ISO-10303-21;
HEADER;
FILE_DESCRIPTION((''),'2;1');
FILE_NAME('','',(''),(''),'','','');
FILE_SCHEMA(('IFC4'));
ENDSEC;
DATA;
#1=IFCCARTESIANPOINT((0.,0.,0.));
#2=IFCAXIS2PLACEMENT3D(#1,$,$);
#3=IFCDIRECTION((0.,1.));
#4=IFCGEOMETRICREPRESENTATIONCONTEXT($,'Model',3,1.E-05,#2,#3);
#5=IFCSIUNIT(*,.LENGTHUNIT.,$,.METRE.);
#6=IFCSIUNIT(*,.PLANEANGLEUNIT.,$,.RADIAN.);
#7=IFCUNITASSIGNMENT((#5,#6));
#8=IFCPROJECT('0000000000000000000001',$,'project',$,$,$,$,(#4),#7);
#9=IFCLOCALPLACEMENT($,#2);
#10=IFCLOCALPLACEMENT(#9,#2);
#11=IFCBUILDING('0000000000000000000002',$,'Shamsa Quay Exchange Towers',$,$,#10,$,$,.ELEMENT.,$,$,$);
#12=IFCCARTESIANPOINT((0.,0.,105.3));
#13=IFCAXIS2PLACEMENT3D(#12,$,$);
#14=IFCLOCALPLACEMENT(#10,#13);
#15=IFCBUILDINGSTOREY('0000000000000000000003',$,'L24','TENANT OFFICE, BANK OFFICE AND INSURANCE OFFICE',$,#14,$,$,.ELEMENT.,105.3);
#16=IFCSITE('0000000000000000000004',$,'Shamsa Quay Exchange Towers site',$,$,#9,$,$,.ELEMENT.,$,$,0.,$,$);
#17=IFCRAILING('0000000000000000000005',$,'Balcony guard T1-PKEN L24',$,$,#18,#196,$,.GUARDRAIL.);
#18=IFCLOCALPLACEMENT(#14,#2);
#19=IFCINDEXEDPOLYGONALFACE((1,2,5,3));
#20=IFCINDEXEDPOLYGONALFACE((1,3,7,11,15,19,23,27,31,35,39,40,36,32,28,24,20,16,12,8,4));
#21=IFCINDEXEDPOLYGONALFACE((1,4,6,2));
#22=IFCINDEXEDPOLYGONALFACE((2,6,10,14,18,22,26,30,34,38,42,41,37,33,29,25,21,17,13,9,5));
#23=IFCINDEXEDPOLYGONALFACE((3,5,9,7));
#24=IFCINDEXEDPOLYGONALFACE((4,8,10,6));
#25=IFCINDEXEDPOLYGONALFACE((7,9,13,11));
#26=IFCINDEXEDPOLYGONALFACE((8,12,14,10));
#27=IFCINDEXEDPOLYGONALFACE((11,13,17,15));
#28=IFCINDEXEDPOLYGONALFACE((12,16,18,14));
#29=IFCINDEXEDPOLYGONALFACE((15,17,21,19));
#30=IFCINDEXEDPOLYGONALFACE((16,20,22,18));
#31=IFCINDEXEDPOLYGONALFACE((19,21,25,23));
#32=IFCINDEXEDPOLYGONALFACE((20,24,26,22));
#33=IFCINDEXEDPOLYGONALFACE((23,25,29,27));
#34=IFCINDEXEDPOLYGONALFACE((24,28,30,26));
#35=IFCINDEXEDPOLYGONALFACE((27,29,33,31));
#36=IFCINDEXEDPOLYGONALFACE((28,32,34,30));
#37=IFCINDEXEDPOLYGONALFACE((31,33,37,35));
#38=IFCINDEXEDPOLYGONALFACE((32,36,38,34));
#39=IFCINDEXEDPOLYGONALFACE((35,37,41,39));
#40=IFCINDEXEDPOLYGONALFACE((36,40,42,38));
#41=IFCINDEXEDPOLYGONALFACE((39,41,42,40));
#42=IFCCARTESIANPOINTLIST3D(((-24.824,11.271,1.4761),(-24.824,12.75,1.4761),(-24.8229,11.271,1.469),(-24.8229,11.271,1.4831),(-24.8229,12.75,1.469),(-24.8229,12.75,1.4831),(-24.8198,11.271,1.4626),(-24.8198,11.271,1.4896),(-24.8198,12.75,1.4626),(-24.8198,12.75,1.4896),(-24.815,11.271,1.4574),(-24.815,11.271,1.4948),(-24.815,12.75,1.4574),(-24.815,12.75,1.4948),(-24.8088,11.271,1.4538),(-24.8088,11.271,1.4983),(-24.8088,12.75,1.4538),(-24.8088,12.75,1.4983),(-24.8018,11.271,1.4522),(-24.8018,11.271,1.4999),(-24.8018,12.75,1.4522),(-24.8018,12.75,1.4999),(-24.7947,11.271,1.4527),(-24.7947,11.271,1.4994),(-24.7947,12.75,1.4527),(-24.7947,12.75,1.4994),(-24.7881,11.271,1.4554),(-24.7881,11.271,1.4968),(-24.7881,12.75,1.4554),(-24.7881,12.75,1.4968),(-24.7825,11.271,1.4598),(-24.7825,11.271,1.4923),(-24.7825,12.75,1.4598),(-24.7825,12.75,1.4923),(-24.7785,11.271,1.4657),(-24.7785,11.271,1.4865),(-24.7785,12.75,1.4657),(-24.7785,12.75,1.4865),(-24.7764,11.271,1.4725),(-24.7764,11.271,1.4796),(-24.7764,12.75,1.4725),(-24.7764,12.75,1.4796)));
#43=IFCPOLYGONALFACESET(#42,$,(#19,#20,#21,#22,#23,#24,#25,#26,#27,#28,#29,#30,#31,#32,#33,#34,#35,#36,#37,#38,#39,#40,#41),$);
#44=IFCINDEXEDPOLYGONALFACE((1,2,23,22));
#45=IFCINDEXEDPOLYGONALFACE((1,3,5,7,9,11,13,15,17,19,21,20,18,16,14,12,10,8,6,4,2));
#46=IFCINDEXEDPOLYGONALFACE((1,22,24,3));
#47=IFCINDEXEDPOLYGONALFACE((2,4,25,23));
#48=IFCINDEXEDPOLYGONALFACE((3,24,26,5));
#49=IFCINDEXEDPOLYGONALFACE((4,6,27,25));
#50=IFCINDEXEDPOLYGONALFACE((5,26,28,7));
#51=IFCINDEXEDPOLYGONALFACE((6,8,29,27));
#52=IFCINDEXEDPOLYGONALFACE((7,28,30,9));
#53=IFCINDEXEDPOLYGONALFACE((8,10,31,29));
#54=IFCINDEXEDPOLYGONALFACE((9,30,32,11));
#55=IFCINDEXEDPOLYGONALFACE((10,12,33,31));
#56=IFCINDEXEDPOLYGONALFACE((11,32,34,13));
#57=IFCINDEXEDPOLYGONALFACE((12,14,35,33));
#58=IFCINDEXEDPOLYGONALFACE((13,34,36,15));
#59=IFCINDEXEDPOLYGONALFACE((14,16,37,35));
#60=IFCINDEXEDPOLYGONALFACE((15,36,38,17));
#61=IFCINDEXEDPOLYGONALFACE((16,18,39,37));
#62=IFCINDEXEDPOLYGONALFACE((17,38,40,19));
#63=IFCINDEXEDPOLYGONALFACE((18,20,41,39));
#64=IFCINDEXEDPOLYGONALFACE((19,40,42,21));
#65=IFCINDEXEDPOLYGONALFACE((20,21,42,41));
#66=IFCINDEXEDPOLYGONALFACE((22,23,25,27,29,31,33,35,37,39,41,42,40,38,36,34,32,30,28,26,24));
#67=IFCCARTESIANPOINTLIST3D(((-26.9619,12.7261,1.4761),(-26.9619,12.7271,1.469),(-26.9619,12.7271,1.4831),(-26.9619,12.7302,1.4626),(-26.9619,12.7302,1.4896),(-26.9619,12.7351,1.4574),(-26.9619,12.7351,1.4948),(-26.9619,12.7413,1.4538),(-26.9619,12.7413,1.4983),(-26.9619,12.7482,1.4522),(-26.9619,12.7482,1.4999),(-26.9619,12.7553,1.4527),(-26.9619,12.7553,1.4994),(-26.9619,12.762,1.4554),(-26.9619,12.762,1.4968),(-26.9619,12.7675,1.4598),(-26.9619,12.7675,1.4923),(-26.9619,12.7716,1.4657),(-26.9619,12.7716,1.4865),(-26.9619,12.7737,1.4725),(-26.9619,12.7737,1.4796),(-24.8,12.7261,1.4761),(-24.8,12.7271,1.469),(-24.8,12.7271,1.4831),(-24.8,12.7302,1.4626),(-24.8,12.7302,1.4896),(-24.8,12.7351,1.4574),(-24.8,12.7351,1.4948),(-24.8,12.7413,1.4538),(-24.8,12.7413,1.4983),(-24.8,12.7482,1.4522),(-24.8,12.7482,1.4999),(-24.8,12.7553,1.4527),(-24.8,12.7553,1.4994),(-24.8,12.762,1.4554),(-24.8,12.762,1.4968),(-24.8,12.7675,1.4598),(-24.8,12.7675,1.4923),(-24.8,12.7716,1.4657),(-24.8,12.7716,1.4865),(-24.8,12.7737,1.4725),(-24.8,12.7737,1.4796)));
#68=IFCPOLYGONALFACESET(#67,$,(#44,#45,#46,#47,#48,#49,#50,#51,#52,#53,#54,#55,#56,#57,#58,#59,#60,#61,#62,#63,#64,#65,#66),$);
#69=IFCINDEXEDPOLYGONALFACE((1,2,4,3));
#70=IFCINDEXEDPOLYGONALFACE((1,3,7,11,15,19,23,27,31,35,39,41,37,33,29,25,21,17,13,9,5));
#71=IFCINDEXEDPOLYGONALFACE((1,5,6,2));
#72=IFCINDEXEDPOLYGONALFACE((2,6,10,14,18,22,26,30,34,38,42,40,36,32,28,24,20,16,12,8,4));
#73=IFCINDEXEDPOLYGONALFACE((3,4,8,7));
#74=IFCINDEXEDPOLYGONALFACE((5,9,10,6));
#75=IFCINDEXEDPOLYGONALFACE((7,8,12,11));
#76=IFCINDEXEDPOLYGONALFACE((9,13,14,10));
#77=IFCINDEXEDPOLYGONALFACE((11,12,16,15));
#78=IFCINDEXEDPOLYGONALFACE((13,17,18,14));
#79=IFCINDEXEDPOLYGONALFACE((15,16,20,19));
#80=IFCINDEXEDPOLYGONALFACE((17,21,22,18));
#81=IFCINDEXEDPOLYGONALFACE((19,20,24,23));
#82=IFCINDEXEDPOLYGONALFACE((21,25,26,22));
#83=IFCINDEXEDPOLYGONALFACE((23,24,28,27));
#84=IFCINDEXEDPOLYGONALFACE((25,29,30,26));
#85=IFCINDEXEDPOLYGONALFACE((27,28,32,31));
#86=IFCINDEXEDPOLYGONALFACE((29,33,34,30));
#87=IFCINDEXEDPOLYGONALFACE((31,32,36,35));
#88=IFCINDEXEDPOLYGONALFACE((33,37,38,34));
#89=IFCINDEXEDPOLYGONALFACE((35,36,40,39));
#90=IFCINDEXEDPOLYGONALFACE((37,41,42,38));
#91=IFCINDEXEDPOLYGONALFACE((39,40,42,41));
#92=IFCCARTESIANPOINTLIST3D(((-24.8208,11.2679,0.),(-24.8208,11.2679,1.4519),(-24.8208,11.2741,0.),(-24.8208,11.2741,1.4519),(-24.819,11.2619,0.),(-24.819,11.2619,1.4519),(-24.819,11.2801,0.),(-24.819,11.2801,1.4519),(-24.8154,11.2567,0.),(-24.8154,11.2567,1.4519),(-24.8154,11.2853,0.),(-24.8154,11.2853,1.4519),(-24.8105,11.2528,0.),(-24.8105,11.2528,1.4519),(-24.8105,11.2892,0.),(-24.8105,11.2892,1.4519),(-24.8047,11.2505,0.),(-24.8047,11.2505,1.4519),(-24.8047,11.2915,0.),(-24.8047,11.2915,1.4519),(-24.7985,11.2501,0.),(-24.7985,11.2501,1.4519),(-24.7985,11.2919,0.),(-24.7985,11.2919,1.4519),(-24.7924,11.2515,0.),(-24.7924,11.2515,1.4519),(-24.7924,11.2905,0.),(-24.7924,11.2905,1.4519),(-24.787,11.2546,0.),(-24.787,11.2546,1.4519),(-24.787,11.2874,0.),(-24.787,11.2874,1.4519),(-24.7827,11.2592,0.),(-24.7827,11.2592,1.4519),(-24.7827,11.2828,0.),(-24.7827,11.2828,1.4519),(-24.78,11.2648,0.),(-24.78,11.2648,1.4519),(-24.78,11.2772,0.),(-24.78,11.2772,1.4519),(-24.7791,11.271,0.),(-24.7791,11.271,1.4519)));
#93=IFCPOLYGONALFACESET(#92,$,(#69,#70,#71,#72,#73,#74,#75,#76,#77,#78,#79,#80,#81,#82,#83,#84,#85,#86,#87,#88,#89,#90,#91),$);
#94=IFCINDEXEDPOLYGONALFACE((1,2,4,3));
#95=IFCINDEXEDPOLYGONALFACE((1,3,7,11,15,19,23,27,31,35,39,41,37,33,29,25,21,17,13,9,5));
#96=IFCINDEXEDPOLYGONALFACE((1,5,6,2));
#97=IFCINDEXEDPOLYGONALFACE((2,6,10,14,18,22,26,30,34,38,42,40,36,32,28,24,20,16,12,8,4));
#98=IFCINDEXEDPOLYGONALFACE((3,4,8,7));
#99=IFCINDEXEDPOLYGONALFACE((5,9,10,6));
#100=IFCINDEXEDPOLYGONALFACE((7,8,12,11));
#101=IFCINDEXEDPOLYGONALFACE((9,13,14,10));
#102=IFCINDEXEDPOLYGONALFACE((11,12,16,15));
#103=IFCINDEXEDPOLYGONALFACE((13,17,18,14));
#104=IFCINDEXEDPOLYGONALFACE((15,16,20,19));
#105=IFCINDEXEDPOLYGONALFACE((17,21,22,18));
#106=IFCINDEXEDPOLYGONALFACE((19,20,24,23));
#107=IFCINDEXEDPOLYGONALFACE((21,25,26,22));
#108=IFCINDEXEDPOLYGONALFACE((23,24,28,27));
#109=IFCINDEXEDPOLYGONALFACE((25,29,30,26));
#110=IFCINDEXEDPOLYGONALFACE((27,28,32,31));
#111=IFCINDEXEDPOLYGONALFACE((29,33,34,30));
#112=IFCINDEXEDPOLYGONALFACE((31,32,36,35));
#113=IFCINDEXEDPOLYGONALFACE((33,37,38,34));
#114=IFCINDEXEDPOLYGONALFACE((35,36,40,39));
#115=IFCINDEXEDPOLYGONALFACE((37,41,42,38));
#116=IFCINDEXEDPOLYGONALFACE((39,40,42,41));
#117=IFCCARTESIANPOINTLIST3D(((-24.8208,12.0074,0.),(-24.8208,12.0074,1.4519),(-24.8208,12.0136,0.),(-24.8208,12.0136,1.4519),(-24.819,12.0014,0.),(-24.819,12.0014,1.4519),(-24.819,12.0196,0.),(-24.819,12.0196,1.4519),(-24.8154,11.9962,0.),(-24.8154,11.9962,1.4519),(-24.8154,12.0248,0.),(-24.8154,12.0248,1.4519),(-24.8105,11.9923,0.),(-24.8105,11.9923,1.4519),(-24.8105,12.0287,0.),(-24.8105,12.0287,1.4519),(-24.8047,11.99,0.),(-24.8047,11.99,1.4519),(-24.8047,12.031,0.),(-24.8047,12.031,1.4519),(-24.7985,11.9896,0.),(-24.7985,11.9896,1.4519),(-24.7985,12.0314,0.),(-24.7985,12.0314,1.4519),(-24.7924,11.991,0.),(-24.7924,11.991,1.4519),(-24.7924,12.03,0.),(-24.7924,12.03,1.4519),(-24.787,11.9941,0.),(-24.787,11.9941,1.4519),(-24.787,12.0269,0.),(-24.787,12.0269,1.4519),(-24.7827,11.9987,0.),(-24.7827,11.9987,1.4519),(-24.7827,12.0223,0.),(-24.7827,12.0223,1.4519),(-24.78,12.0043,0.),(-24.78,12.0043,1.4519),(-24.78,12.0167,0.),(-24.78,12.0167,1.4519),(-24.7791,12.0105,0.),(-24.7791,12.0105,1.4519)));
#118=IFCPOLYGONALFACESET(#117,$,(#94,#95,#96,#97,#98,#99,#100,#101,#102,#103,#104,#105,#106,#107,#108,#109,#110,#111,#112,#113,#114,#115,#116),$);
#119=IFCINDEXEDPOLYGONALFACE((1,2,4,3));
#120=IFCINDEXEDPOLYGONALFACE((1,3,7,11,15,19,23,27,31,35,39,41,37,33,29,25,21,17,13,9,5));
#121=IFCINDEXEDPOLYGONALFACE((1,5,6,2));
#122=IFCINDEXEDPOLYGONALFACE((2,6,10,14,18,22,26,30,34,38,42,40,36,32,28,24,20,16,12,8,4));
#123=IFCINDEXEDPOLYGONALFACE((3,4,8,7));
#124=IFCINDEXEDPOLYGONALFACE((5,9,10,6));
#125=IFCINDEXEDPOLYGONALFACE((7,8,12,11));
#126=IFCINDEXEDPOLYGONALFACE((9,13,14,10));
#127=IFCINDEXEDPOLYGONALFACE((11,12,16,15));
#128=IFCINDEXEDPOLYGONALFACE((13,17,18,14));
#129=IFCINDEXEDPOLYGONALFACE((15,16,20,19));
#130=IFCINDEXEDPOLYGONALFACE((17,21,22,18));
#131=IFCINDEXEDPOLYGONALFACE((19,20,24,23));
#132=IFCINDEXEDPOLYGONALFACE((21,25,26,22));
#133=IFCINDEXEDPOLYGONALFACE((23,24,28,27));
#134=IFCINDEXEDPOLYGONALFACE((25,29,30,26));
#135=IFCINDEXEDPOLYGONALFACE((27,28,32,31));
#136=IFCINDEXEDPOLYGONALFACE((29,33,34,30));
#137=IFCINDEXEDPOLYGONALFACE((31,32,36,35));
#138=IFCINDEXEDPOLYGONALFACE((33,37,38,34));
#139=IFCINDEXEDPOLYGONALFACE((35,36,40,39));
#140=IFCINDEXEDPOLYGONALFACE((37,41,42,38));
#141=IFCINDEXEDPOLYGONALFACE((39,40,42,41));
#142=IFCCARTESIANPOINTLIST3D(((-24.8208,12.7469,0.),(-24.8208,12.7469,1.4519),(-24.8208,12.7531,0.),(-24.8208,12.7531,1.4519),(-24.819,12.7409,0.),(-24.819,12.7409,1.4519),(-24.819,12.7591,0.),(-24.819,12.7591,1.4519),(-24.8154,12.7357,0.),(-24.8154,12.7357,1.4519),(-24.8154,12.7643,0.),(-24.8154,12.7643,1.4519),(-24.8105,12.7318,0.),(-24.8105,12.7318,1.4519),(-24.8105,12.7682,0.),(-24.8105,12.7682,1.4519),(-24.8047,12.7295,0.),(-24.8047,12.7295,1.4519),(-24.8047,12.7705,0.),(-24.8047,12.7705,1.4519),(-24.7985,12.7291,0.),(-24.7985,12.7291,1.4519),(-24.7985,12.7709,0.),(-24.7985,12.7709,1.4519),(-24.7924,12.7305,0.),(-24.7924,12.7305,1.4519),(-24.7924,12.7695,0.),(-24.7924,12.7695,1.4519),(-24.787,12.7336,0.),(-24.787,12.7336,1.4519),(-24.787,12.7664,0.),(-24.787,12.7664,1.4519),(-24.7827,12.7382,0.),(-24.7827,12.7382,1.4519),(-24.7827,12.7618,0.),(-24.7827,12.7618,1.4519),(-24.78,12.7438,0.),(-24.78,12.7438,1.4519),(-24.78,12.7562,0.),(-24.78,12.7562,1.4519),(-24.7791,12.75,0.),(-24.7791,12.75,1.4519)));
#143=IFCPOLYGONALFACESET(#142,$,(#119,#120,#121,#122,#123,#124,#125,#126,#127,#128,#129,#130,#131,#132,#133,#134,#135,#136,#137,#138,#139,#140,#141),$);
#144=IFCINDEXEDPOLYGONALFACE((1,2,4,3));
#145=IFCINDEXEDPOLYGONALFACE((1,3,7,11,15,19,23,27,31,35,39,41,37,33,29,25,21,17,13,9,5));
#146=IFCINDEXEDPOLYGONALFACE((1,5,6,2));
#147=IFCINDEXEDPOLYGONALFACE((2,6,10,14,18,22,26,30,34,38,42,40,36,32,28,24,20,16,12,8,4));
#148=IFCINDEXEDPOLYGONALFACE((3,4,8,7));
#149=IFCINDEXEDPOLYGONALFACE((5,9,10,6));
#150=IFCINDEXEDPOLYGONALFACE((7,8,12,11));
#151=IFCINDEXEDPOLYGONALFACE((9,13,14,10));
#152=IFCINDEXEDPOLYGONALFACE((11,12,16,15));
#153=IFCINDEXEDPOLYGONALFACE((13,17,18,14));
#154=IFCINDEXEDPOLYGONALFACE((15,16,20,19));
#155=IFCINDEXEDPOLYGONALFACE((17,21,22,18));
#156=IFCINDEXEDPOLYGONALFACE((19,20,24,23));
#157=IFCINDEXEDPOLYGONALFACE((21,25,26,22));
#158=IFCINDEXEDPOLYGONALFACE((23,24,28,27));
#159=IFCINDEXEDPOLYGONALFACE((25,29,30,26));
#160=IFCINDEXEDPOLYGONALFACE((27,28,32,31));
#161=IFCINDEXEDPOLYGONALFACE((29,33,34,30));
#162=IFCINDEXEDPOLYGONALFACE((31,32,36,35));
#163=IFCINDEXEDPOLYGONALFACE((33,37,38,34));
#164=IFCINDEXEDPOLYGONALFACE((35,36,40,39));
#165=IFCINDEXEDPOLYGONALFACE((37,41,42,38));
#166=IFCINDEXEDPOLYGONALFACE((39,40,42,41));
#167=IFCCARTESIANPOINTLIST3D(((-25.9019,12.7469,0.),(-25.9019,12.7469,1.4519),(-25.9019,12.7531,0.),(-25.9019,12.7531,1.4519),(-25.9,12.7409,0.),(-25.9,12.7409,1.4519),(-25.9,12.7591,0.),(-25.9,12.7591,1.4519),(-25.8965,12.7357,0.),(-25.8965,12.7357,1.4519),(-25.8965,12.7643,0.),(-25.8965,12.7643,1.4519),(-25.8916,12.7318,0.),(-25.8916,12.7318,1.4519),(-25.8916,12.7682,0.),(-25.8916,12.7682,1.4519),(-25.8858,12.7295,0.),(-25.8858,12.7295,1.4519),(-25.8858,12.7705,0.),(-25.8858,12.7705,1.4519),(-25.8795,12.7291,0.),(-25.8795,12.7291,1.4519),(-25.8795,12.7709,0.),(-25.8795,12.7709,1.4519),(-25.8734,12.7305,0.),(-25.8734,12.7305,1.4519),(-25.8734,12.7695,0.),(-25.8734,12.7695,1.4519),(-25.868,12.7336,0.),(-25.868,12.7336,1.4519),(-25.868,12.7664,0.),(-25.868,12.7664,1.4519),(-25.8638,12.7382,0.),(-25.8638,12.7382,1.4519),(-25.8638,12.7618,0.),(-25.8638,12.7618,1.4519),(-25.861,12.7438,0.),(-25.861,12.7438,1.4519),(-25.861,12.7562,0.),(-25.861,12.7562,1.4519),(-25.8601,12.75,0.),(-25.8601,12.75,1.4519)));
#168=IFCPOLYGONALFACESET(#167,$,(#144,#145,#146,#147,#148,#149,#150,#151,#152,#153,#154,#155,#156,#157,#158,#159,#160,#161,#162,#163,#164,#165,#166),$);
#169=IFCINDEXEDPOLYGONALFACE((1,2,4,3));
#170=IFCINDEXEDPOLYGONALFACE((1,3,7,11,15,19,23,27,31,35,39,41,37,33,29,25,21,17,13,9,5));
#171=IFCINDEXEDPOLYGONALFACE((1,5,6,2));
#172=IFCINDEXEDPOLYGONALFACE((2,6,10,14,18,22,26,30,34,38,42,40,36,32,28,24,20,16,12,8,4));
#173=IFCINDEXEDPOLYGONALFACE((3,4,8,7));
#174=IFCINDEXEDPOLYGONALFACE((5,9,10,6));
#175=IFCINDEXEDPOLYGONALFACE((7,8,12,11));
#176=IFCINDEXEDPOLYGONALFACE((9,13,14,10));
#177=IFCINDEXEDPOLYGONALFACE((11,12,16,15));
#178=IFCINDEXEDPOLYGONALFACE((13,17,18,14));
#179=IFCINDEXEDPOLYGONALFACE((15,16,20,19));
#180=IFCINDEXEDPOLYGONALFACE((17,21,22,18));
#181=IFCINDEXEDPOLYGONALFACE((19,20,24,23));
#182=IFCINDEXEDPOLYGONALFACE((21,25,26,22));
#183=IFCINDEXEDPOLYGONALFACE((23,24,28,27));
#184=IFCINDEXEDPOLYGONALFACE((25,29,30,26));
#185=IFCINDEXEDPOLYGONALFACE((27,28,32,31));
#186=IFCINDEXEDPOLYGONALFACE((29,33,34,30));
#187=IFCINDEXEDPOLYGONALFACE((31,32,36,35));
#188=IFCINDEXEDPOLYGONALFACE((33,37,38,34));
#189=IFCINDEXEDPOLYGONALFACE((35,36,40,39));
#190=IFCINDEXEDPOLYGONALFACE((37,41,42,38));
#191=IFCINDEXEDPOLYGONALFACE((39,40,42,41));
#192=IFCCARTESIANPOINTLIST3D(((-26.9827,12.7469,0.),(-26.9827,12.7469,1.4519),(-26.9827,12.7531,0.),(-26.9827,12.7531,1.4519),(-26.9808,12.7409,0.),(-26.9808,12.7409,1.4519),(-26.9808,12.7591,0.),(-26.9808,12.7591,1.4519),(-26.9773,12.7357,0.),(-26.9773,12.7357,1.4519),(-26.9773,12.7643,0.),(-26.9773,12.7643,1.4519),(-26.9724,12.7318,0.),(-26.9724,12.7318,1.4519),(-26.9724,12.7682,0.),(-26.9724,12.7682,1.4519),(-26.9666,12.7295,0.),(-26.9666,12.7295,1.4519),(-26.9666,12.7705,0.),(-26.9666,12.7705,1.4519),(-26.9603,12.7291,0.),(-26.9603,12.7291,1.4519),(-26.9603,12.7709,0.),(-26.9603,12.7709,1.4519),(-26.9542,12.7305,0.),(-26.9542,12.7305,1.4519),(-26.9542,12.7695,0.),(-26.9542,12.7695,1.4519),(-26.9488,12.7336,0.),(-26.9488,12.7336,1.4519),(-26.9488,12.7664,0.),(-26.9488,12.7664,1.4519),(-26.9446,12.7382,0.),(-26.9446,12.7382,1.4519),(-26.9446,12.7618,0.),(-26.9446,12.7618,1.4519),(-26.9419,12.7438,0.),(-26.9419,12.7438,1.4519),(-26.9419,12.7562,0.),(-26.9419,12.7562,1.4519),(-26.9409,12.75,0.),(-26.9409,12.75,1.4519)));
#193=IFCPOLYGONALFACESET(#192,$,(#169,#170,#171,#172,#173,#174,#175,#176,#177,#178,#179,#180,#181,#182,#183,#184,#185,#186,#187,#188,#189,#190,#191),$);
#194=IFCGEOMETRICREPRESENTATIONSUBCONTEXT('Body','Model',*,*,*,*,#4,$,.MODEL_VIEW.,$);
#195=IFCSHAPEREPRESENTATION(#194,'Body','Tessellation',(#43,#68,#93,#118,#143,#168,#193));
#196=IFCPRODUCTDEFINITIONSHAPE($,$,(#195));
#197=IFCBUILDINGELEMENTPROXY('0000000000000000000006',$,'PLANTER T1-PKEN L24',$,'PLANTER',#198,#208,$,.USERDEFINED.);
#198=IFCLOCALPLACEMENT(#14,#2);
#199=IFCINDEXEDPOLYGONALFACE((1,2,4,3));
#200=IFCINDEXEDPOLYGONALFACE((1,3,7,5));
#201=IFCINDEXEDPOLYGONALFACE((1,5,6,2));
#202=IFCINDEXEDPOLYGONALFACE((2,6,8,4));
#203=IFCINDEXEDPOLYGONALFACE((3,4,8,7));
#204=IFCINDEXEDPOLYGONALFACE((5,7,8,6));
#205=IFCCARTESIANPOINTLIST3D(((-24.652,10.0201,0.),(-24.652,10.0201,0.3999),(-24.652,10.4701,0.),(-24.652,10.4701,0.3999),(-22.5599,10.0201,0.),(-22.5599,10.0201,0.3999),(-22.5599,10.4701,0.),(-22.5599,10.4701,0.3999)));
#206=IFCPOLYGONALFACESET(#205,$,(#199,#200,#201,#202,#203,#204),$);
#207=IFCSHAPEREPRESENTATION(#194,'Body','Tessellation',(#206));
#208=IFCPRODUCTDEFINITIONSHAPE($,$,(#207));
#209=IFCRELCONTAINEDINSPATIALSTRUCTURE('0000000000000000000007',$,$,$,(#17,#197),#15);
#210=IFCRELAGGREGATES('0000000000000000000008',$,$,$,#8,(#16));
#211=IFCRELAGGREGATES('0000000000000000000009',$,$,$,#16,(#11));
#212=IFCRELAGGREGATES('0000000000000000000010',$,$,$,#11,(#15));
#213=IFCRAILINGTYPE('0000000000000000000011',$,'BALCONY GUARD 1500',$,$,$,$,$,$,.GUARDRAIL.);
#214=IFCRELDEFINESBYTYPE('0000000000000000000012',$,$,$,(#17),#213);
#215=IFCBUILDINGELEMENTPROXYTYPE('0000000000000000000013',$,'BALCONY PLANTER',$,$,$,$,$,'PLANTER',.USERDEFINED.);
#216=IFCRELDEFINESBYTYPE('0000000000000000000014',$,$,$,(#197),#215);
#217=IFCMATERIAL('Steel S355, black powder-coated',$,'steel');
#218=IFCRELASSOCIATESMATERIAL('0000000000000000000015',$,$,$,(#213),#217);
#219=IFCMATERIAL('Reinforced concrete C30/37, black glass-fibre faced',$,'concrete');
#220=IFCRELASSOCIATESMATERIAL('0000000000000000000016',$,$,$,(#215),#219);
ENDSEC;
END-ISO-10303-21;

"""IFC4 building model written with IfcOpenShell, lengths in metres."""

from ifc_helpers import new_model, si_unit, direction, frame, origin, origin_2d, place, context, subcontext, project, spatial, rectangle, circle, extrude, material, type_object, element, save


model = new_model("IFC4")

# Units and contexts
model_context = context("Model", 3, precision=1e-05, world=origin(), true_north=direction((0.0, 1.0)))
body_context = subcontext(model_context, "Body", "Model", "MODEL_VIEW")
ifc_project = project(units=[si_unit("LENGTHUNIT", "METRE"), si_unit("PLANEANGLEUNIT", "RADIAN")], contexts=[model_context])

# Site, building, storey
site_placement = place(None, origin())
site = spatial("IfcSite", under=ifc_project, at=site_placement, Name="Shamsa Quay Exchange Towers site", CompositionType="ELEMENT", RefElevation=0.0)
building_placement = place(site_placement, origin())
building = spatial("IfcBuilding", under=site, at=building_placement, Name="Shamsa Quay Exchange Towers", CompositionType="ELEMENT")
storey_placement = place(building_placement, frame((0.0, 0.0, 105.3)))
storey = spatial("IfcBuildingStorey", under=building, at=storey_placement, Name="L24", Description="TENANT OFFICE, BANK OFFICE AND INSURANCE OFFICE", CompositionType="ELEMENT", Elevation=105.3)

# Railing
ifc_material_1 = material(Name="Steel S355, black powder-coated", Category="steel")
railing_type = type_object("IfcRailingType", Name="BALCONY GUARD 1500", PredefinedType="GUARDRAIL", material=ifc_material_1)
for number, where, name in (
    (1, (-24.8, 11.271, 0.0), "Balcony guard T1-PKEN L24"),
):
    element("IfcRailing", number, at=place(storey_placement, frame(where)), inside=storey, type_object=railing_type, Name=name, PredefinedType="GUARDRAIL", context=body_context, shape_type="SweptSolid", body=[
        extrude(circle(Radius=0.0239, at=origin_2d()), frame((0.0, 0.0, 1.4761), z_axis=(0.0, 1.0, 0.0), x_axis=(-1.0, 0.0, 0.0)), (0.0, 0.0, 1.0), 1.479),
        extrude(circle(Radius=0.0239, at=origin_2d()), frame((0.0, 1.479, 1.4761), z_axis=(-1.0, 0.0, 0.0), x_axis=(0.0, -1.0, 0.0)), (0.0, 0.0, 1.0), 2.1619),
        extrude(circle(Radius=0.021, at=origin_2d()), origin(), (0.0, 0.0, 1.0), 1.4519),
        extrude(circle(Radius=0.021, at=origin_2d()), frame((0.0, 0.7395, 0.0)), (0.0, 0.0, 1.0), 1.4519),
        extrude(circle(Radius=0.021, at=origin_2d()), frame((0.0, 1.479, 0.0)), (0.0, 0.0, 1.0), 1.4519),
        extrude(circle(Radius=0.021, at=origin_2d()), frame((-1.0811, 1.479, 0.0)), (0.0, 0.0, 1.0), 1.4519),
        extrude(circle(Radius=0.021, at=origin_2d()), frame((-2.1619, 1.479, 0.0)), (0.0, 0.0, 1.0), 1.4519),
    ])

# Building element proxy
ifc_material_2 = material(Name="Reinforced concrete C30/37, black glass-fibre faced", Category="concrete")
building_element_proxy_type = type_object("IfcBuildingElementProxyType", Name="BALCONY PLANTER", ElementType="PLANTER", PredefinedType="USERDEFINED", material=ifc_material_2)
for number, where, z_axis, x_axis, name in (
    (2, (-23.606, 10.2451, 0.0), (0.0, 0.0, 1.0), (-1.0, 0.0, 0.0), "PLANTER T1-PKEN L24"),
):
    element("IfcBuildingElementProxy", number, at=place(storey_placement, frame(where, z_axis=z_axis, x_axis=x_axis)), inside=storey, type_object=building_element_proxy_type, Name=name, ObjectType="PLANTER", PredefinedType="USERDEFINED", context=body_context, shape_type="SweptSolid", body=[
        extrude(rectangle(XDim=2.092, YDim=0.45, at=origin_2d()), origin(), (0.0, 0.0, 1.0), 0.3999),
    ])

save(model, "model.ifc")
